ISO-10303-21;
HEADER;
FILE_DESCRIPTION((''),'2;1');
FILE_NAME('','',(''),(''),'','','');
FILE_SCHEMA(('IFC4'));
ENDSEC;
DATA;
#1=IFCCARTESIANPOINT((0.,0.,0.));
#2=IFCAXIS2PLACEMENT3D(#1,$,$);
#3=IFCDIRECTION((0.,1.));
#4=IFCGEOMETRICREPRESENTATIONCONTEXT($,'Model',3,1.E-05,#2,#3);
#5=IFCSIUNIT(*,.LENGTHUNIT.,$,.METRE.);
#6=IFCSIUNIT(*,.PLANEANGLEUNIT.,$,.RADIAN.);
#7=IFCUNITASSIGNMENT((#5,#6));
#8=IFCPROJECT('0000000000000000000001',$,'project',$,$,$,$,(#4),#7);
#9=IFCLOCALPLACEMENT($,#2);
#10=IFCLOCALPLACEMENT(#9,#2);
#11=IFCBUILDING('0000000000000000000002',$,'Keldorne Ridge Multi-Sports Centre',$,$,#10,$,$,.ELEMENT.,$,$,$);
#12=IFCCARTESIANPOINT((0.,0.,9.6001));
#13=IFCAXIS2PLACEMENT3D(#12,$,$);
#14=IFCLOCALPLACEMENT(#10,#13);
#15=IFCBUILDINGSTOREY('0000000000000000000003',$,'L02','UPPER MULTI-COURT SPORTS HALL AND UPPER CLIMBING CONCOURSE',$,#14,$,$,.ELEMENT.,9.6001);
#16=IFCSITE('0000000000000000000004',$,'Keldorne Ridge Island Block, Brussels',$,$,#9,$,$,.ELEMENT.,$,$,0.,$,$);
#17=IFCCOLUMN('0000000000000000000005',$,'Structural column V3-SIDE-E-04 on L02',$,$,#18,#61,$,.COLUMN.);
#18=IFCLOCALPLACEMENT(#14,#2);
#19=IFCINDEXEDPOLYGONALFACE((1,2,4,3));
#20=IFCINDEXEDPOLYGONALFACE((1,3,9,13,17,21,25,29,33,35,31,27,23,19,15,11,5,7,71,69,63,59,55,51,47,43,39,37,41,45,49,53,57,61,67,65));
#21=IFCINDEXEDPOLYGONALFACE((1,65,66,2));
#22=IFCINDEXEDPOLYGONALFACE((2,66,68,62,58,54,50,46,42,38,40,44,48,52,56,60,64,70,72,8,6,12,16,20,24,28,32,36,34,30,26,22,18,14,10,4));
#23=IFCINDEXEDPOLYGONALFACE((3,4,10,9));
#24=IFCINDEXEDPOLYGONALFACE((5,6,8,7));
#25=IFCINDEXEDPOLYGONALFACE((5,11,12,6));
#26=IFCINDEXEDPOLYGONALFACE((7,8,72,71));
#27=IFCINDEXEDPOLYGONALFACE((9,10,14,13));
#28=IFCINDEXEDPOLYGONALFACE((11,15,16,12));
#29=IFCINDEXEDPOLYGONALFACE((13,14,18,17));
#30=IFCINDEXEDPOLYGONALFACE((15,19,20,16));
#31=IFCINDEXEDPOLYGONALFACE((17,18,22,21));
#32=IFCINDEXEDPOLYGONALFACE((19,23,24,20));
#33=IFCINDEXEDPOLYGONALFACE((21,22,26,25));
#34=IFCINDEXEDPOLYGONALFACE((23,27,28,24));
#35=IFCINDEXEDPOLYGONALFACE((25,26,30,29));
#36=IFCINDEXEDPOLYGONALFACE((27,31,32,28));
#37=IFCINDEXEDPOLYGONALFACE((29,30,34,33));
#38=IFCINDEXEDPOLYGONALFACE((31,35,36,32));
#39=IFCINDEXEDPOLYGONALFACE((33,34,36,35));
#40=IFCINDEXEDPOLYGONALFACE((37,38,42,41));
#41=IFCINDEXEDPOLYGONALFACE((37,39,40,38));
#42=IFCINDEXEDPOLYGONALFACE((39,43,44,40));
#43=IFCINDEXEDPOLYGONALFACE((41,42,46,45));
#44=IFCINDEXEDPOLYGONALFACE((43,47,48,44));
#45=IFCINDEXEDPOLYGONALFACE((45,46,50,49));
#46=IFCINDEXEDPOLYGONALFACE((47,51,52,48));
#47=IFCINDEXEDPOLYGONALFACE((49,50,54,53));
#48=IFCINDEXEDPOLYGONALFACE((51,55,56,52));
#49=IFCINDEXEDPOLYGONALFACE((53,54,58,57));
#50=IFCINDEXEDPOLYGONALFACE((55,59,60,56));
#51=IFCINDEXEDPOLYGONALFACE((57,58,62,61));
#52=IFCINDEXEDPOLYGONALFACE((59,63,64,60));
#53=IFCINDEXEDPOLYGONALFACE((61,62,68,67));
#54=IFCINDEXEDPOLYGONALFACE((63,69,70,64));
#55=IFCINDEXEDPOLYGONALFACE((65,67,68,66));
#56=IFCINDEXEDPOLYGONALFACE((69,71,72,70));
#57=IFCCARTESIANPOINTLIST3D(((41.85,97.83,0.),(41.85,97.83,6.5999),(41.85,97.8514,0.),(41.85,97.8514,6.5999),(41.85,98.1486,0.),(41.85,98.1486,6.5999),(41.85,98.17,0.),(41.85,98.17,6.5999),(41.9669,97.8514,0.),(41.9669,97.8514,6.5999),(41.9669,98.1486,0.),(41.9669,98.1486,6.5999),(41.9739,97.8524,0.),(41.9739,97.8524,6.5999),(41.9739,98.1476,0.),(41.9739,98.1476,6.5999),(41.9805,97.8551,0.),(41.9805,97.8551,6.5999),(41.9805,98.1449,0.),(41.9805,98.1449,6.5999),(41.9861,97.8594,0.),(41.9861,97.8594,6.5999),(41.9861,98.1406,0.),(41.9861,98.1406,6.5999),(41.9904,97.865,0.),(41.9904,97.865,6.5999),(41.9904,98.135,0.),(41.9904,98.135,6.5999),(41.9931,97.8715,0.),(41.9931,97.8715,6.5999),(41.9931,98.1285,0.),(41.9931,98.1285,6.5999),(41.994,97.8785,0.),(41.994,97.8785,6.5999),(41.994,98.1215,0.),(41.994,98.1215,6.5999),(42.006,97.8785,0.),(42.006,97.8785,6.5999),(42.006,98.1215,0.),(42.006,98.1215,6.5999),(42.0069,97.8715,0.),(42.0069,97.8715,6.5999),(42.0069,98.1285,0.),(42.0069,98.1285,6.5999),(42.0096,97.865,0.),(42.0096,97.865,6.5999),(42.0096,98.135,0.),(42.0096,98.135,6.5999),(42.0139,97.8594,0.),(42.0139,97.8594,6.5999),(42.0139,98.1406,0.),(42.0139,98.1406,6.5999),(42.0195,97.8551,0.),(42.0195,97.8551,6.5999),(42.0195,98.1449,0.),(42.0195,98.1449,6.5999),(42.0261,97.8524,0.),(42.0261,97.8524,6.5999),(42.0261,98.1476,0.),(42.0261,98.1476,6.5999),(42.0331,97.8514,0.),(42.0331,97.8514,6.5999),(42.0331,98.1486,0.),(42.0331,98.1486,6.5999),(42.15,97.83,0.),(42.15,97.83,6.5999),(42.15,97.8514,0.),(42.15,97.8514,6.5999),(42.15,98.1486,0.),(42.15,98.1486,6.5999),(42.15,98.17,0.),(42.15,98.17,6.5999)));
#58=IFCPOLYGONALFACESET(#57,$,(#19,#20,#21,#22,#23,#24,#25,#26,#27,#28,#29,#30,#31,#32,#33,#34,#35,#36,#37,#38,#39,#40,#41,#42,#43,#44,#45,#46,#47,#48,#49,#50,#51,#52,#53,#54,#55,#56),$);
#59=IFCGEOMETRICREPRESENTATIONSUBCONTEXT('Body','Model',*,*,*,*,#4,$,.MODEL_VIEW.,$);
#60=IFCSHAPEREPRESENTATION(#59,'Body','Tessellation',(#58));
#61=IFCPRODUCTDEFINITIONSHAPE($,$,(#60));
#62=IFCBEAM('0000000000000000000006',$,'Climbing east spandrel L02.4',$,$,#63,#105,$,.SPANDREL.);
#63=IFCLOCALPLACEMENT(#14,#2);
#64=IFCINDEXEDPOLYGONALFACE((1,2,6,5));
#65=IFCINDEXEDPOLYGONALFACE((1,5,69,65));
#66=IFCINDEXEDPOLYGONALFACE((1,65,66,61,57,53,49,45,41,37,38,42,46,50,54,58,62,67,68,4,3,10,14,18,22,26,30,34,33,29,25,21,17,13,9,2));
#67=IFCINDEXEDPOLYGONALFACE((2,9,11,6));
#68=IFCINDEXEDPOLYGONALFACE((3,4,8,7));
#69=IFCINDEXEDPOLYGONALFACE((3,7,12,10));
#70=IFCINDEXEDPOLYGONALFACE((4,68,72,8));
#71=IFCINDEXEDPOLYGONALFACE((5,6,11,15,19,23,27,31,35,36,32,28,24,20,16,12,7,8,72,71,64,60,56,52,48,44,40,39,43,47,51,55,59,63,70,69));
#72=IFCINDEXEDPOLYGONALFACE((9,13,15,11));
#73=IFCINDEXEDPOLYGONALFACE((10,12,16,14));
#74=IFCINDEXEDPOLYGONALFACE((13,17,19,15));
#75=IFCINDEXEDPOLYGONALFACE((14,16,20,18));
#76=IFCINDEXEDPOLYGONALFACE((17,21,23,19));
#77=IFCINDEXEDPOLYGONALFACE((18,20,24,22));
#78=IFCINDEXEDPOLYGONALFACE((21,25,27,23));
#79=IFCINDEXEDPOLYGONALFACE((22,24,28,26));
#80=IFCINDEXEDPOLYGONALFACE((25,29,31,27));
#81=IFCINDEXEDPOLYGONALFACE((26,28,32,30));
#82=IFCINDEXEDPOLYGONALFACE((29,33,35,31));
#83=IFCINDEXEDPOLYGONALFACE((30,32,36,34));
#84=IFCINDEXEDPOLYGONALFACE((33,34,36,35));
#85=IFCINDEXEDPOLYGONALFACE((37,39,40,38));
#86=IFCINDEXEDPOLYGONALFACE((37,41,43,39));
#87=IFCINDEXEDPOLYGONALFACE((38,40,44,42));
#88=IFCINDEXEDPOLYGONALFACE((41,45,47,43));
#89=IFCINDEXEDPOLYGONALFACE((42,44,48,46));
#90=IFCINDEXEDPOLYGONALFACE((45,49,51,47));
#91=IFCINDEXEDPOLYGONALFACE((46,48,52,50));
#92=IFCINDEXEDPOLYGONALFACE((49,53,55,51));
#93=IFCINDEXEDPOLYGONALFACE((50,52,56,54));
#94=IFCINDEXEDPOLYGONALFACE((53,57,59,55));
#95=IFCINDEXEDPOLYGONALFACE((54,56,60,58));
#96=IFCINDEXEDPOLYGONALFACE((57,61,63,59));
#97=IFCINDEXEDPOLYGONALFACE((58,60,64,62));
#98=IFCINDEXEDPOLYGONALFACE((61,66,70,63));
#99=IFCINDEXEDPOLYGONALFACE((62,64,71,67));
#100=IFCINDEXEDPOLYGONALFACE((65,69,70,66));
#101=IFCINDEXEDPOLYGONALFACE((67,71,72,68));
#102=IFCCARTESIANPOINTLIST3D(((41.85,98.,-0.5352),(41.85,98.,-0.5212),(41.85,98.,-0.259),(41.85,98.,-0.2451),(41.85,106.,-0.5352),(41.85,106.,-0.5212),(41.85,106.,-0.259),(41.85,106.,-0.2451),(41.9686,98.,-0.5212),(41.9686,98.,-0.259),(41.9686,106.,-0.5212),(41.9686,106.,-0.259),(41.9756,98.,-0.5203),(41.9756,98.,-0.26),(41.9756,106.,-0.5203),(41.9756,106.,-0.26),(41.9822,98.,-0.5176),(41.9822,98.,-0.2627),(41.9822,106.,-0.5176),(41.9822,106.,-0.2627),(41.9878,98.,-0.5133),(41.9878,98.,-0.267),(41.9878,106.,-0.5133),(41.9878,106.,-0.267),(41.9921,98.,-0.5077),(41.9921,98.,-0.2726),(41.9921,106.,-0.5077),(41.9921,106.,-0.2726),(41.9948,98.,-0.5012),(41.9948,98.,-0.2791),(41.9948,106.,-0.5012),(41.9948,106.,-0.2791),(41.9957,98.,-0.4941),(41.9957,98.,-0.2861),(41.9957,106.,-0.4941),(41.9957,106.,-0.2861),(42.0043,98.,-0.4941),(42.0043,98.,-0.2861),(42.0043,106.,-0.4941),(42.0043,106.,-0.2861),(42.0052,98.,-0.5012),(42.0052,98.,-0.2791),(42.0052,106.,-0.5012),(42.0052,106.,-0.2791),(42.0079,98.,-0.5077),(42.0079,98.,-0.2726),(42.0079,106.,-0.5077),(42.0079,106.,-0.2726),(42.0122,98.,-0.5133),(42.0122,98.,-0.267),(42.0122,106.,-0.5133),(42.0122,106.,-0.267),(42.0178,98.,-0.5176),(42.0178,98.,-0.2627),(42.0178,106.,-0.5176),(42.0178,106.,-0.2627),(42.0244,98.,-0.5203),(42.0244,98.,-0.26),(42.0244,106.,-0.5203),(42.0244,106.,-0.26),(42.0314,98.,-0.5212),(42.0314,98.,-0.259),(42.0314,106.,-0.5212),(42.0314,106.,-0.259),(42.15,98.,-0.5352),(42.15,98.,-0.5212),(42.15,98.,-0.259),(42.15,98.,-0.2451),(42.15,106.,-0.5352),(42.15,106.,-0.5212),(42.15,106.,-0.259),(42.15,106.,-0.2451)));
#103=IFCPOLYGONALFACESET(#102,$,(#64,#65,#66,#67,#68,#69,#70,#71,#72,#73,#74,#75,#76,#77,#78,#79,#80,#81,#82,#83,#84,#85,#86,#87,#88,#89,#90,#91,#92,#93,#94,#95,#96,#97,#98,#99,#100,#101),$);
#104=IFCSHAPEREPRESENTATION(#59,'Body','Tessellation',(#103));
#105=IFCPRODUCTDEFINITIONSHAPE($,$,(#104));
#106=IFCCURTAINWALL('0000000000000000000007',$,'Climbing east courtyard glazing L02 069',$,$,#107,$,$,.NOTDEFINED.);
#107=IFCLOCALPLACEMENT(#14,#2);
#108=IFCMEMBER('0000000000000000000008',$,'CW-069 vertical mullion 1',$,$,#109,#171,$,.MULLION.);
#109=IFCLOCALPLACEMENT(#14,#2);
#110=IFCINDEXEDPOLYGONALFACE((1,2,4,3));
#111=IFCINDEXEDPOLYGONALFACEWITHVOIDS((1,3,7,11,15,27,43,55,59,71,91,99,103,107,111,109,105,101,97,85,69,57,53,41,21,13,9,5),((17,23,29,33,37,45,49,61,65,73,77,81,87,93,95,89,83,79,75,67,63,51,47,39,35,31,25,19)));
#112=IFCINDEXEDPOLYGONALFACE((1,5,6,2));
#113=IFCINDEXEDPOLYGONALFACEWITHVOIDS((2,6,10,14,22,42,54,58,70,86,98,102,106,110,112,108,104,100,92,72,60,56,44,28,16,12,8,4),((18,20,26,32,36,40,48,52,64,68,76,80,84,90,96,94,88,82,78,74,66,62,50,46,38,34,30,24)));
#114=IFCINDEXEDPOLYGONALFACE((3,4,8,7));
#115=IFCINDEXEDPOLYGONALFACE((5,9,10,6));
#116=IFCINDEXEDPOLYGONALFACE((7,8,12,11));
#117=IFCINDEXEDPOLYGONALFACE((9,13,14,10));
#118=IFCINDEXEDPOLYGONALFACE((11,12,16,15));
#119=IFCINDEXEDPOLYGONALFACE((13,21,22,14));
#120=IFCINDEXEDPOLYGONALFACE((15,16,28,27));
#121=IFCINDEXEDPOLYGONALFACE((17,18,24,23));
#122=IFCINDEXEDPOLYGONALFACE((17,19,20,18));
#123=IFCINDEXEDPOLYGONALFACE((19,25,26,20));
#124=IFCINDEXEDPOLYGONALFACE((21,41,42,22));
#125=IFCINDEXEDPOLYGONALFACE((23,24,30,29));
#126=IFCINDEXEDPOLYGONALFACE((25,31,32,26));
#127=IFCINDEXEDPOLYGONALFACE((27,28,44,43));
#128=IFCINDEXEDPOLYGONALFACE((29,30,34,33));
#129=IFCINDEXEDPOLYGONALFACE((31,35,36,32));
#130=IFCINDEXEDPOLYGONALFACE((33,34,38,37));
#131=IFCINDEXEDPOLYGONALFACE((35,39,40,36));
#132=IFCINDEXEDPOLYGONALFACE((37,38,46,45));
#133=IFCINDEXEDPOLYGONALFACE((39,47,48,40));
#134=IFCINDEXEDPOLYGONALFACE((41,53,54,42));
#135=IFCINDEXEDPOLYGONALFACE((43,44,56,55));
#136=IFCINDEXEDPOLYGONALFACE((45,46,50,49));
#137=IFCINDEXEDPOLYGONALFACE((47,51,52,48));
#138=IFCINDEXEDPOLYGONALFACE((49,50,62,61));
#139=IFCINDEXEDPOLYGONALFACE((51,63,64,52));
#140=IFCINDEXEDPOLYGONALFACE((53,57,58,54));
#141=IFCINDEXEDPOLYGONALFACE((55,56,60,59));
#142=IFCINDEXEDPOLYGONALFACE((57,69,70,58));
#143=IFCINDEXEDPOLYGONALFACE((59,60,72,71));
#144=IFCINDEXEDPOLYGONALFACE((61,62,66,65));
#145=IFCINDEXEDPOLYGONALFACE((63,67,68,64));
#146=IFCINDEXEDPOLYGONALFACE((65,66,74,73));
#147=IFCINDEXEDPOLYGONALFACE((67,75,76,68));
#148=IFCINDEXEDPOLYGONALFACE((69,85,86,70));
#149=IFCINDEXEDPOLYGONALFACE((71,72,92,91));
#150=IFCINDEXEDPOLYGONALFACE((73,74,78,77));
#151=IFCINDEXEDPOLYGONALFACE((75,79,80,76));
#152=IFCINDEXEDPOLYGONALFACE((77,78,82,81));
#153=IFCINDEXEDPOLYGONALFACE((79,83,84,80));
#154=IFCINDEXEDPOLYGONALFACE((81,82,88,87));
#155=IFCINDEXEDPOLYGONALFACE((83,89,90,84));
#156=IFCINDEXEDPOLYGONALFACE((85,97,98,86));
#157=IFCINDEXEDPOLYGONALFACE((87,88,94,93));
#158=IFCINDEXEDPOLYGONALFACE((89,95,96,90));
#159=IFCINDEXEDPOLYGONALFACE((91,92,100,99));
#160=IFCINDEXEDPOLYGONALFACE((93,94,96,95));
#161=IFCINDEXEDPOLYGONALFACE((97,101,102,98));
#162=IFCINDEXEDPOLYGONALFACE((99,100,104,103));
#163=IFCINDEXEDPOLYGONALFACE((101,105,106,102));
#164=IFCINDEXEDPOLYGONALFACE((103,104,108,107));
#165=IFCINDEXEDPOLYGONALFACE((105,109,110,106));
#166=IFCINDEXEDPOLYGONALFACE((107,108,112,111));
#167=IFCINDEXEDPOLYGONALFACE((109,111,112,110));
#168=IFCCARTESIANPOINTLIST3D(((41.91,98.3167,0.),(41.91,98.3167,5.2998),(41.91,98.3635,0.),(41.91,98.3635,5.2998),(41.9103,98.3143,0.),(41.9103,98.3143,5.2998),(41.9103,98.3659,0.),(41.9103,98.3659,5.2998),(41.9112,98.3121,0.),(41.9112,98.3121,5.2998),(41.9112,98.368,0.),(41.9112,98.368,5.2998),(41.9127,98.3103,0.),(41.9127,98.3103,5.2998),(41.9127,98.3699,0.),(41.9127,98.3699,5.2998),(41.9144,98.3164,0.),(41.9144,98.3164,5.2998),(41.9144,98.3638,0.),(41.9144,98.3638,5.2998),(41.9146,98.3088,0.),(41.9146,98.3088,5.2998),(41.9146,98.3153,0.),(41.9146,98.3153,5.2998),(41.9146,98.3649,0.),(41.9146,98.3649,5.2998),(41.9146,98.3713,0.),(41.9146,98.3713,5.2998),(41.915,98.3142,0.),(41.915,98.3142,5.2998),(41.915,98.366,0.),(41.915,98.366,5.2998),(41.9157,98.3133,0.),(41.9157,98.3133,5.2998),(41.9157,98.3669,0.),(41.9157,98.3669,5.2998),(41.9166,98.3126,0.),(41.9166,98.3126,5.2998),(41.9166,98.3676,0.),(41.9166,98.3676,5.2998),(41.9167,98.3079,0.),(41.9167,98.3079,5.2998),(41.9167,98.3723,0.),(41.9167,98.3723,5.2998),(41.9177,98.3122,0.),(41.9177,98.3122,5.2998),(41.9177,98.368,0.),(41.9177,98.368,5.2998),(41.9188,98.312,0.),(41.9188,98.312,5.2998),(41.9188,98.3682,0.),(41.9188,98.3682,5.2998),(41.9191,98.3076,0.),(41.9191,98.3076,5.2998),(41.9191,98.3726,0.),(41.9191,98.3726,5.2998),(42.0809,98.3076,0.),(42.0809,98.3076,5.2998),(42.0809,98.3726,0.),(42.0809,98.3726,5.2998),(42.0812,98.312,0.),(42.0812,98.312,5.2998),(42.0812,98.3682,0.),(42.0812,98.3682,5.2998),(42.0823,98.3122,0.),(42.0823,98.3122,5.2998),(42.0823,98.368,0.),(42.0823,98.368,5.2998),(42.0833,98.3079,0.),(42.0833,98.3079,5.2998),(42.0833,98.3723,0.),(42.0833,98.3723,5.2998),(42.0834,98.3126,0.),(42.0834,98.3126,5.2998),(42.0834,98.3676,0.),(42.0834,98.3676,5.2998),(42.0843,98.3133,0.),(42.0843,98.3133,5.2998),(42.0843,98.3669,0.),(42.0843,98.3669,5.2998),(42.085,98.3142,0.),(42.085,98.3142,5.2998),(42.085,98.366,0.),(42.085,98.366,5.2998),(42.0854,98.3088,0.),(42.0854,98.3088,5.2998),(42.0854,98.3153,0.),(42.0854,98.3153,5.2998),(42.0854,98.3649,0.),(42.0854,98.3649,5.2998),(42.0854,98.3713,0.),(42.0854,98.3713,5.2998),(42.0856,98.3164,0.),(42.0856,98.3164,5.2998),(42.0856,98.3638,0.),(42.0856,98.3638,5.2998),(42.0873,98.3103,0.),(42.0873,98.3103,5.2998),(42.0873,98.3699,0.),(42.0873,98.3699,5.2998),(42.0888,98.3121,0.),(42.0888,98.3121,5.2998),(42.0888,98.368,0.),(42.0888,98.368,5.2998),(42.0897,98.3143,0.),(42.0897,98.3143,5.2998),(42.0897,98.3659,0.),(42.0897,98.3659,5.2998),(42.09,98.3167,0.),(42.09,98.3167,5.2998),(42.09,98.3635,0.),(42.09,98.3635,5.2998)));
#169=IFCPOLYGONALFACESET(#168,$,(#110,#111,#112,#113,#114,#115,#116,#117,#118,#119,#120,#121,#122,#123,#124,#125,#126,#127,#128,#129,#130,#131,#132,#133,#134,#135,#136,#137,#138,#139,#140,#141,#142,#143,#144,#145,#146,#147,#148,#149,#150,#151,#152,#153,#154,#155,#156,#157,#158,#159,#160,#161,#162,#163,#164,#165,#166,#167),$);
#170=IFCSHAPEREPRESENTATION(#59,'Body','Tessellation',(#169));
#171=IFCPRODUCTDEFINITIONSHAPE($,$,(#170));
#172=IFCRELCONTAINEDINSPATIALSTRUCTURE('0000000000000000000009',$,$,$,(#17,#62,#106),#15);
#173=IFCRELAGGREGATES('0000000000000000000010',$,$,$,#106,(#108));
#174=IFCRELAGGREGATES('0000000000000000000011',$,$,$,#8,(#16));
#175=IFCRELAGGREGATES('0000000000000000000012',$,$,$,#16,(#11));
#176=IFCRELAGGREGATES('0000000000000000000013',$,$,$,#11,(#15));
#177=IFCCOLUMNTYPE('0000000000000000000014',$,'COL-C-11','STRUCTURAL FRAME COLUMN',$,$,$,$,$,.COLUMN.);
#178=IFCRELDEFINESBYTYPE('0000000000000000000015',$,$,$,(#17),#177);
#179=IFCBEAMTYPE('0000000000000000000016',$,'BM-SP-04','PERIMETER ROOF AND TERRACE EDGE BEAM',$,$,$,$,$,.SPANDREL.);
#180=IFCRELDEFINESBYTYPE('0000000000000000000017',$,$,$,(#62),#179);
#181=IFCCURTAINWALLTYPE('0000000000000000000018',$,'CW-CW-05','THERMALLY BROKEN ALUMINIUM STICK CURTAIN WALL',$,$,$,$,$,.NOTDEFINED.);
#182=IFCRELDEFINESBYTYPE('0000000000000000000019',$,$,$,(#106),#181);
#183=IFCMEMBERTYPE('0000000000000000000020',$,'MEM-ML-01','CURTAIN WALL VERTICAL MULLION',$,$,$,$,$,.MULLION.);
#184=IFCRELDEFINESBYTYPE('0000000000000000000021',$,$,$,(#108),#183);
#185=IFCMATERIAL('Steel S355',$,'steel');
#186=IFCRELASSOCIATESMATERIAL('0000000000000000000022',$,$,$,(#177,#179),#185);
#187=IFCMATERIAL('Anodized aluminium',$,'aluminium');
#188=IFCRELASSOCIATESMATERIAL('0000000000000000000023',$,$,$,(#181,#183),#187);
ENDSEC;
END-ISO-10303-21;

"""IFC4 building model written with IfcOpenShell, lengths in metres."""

from ifc_helpers import new_model, si_unit, direction, frame, origin, origin_2d, place, context, subcontext, project, spatial, hollow_rectangle, i_section, extrude, material, material_profile, profile_set, type_object, element, aggregate, save


model = new_model("IFC4")

# Units and contexts
model_context = context("Model", 3, precision=1e-05, world=origin(), true_north=direction((0.0, 1.0)))
body_context = subcontext(model_context, "Body", "Model", "MODEL_VIEW")
ifc_project = project(units=[si_unit("LENGTHUNIT", "METRE"), si_unit("PLANEANGLEUNIT", "RADIAN")], contexts=[model_context])

# Site, building, storey
site_placement = place(None, origin())
site = spatial("IfcSite", under=ifc_project, at=site_placement, Name="Keldorne Ridge Island Block, Brussels", CompositionType="ELEMENT", RefElevation=0.0)
building_placement = place(site_placement, origin())
building = spatial("IfcBuilding", under=site, at=building_placement, Name="Keldorne Ridge Multi-Sports Centre", CompositionType="ELEMENT")
storey_placement = place(building_placement, frame((0.0, 0.0, 9.6001)))
storey = spatial("IfcBuildingStorey", under=building, at=storey_placement, Name="L02", Description="UPPER MULTI-COURT SPORTS HALL AND UPPER CLIMBING CONCOURSE", CompositionType="ELEMENT", Elevation=9.6001)

# Column
ifc_material_1 = material(Name="Steel S355", Category="steel")
ifc_material_profile_1 = material_profile(ifc_material_1, i_section(OverallWidth=0.3, OverallDepth=0.3401, WebThickness=0.012, FlangeThickness=0.0215, FilletRadius=0.0271, at=origin_2d()), Name="HEB 340")
ifc_profile_set_1 = profile_set([ifc_material_profile_1], Name="Steel S355")
column_type = type_object("IfcColumnType", Name="COL-C-11", Description="STRUCTURAL FRAME COLUMN", PredefinedType="COLUMN", material=ifc_profile_set_1)
column_placement = place(storey_placement, frame((42.0, 98.0, 0.0), z_axis=(0.0, 0.0, 1.0), x_axis=(1.0, 0.0, 0.0)))
element("IfcColumn", 1, at=column_placement, inside=storey, type_object=column_type, Name="Structural column V3-SIDE-E-04 on L02", PredefinedType="COLUMN", context=body_context, shape_type="SweptSolid", body=[
    extrude(i_section(OverallWidth=0.3, OverallDepth=0.3401, WebThickness=0.012, FlangeThickness=0.0215, FilletRadius=0.0271, at=origin_2d()), origin(), (0.0, 0.0, 1.0), 6.5999),
])

# Beam
ifc_material_profile_2 = material_profile(ifc_material_1, i_section(OverallWidth=0.3, OverallDepth=0.29, WebThickness=0.0085, FlangeThickness=0.0139, FilletRadius=0.0271, at=origin_2d()), Name="HEA 300")
ifc_profile_set_2 = profile_set([ifc_material_profile_2], Name="Steel S355")
beam_type = type_object("IfcBeamType", Name="BM-SP-04", Description="PERIMETER ROOF AND TERRACE EDGE BEAM", PredefinedType="SPANDREL", material=ifc_profile_set_2)
beam_placement = place(storey_placement, frame((42.0, 98.0, -0.3901), z_axis=(0.0, 1.0, 0.0), x_axis=(-1.0, 0.0, 0.0)))
element("IfcBeam", 2, at=beam_placement, inside=storey, type_object=beam_type, Name="Climbing east spandrel L02.4", PredefinedType="SPANDREL", context=body_context, shape_type="SweptSolid", body=[
    extrude(i_section(OverallWidth=0.3, OverallDepth=0.29, WebThickness=0.0085, FlangeThickness=0.0139, FilletRadius=0.0271, at=origin_2d()), origin(), (0.0, 0.0, 1.0), 8.0),
])

# Curtain wall, member
ifc_material_2 = material(Name="Anodized aluminium", Category="aluminium")
curtain_wall_type = type_object("IfcCurtainWallType", Name="CW-CW-05", Description="THERMALLY BROKEN ALUMINIUM STICK CURTAIN WALL", PredefinedType="NOTDEFINED", material=ifc_material_2)
curtain_wall_placement = place(storey_placement, origin())
curtain_wall = element("IfcCurtainWall", 3, at=curtain_wall_placement, inside=storey, type_object=curtain_wall_type, Name="Climbing east courtyard glazing L02 069", PredefinedType="NOTDEFINED")
ifc_material_profile_3 = material_profile(ifc_material_2, hollow_rectangle(XDim=0.0649, YDim=0.1799, WallThickness=0.0044, InnerFilletRadius=0.0044, OuterFilletRadius=0.009, at=origin_2d()), Name="ALU MULLION 180x65x4.5")
ifc_profile_set_3 = profile_set([ifc_material_profile_3], Name="Anodized aluminium")
member_type_1 = type_object("IfcMemberType", Name="MEM-ML-01", Description="CURTAIN WALL VERTICAL MULLION", PredefinedType="MULLION", material=ifc_profile_set_3)
member_1_placement = place(storey_placement, frame((42.0, 98.3401, 0.0), z_axis=(0.0, 0.0, 1.0), x_axis=(0.0, 1.0, 0.0)))
member_1 = element("IfcMember", 4, at=member_1_placement, type_object=member_type_1, Name="CW-069 vertical mullion 1", PredefinedType="MULLION", context=body_context, shape_type="SweptSolid", body=[
    extrude(hollow_rectangle(XDim=0.0649, YDim=0.1799, WallThickness=0.0044, InnerFilletRadius=0.0044, OuterFilletRadius=0.009, at=origin_2d()), origin(), (0.0, 0.0, 1.0), 5.2998),
])

aggregate(curtain_wall, [member_1])

save(model, "model.ifc")
